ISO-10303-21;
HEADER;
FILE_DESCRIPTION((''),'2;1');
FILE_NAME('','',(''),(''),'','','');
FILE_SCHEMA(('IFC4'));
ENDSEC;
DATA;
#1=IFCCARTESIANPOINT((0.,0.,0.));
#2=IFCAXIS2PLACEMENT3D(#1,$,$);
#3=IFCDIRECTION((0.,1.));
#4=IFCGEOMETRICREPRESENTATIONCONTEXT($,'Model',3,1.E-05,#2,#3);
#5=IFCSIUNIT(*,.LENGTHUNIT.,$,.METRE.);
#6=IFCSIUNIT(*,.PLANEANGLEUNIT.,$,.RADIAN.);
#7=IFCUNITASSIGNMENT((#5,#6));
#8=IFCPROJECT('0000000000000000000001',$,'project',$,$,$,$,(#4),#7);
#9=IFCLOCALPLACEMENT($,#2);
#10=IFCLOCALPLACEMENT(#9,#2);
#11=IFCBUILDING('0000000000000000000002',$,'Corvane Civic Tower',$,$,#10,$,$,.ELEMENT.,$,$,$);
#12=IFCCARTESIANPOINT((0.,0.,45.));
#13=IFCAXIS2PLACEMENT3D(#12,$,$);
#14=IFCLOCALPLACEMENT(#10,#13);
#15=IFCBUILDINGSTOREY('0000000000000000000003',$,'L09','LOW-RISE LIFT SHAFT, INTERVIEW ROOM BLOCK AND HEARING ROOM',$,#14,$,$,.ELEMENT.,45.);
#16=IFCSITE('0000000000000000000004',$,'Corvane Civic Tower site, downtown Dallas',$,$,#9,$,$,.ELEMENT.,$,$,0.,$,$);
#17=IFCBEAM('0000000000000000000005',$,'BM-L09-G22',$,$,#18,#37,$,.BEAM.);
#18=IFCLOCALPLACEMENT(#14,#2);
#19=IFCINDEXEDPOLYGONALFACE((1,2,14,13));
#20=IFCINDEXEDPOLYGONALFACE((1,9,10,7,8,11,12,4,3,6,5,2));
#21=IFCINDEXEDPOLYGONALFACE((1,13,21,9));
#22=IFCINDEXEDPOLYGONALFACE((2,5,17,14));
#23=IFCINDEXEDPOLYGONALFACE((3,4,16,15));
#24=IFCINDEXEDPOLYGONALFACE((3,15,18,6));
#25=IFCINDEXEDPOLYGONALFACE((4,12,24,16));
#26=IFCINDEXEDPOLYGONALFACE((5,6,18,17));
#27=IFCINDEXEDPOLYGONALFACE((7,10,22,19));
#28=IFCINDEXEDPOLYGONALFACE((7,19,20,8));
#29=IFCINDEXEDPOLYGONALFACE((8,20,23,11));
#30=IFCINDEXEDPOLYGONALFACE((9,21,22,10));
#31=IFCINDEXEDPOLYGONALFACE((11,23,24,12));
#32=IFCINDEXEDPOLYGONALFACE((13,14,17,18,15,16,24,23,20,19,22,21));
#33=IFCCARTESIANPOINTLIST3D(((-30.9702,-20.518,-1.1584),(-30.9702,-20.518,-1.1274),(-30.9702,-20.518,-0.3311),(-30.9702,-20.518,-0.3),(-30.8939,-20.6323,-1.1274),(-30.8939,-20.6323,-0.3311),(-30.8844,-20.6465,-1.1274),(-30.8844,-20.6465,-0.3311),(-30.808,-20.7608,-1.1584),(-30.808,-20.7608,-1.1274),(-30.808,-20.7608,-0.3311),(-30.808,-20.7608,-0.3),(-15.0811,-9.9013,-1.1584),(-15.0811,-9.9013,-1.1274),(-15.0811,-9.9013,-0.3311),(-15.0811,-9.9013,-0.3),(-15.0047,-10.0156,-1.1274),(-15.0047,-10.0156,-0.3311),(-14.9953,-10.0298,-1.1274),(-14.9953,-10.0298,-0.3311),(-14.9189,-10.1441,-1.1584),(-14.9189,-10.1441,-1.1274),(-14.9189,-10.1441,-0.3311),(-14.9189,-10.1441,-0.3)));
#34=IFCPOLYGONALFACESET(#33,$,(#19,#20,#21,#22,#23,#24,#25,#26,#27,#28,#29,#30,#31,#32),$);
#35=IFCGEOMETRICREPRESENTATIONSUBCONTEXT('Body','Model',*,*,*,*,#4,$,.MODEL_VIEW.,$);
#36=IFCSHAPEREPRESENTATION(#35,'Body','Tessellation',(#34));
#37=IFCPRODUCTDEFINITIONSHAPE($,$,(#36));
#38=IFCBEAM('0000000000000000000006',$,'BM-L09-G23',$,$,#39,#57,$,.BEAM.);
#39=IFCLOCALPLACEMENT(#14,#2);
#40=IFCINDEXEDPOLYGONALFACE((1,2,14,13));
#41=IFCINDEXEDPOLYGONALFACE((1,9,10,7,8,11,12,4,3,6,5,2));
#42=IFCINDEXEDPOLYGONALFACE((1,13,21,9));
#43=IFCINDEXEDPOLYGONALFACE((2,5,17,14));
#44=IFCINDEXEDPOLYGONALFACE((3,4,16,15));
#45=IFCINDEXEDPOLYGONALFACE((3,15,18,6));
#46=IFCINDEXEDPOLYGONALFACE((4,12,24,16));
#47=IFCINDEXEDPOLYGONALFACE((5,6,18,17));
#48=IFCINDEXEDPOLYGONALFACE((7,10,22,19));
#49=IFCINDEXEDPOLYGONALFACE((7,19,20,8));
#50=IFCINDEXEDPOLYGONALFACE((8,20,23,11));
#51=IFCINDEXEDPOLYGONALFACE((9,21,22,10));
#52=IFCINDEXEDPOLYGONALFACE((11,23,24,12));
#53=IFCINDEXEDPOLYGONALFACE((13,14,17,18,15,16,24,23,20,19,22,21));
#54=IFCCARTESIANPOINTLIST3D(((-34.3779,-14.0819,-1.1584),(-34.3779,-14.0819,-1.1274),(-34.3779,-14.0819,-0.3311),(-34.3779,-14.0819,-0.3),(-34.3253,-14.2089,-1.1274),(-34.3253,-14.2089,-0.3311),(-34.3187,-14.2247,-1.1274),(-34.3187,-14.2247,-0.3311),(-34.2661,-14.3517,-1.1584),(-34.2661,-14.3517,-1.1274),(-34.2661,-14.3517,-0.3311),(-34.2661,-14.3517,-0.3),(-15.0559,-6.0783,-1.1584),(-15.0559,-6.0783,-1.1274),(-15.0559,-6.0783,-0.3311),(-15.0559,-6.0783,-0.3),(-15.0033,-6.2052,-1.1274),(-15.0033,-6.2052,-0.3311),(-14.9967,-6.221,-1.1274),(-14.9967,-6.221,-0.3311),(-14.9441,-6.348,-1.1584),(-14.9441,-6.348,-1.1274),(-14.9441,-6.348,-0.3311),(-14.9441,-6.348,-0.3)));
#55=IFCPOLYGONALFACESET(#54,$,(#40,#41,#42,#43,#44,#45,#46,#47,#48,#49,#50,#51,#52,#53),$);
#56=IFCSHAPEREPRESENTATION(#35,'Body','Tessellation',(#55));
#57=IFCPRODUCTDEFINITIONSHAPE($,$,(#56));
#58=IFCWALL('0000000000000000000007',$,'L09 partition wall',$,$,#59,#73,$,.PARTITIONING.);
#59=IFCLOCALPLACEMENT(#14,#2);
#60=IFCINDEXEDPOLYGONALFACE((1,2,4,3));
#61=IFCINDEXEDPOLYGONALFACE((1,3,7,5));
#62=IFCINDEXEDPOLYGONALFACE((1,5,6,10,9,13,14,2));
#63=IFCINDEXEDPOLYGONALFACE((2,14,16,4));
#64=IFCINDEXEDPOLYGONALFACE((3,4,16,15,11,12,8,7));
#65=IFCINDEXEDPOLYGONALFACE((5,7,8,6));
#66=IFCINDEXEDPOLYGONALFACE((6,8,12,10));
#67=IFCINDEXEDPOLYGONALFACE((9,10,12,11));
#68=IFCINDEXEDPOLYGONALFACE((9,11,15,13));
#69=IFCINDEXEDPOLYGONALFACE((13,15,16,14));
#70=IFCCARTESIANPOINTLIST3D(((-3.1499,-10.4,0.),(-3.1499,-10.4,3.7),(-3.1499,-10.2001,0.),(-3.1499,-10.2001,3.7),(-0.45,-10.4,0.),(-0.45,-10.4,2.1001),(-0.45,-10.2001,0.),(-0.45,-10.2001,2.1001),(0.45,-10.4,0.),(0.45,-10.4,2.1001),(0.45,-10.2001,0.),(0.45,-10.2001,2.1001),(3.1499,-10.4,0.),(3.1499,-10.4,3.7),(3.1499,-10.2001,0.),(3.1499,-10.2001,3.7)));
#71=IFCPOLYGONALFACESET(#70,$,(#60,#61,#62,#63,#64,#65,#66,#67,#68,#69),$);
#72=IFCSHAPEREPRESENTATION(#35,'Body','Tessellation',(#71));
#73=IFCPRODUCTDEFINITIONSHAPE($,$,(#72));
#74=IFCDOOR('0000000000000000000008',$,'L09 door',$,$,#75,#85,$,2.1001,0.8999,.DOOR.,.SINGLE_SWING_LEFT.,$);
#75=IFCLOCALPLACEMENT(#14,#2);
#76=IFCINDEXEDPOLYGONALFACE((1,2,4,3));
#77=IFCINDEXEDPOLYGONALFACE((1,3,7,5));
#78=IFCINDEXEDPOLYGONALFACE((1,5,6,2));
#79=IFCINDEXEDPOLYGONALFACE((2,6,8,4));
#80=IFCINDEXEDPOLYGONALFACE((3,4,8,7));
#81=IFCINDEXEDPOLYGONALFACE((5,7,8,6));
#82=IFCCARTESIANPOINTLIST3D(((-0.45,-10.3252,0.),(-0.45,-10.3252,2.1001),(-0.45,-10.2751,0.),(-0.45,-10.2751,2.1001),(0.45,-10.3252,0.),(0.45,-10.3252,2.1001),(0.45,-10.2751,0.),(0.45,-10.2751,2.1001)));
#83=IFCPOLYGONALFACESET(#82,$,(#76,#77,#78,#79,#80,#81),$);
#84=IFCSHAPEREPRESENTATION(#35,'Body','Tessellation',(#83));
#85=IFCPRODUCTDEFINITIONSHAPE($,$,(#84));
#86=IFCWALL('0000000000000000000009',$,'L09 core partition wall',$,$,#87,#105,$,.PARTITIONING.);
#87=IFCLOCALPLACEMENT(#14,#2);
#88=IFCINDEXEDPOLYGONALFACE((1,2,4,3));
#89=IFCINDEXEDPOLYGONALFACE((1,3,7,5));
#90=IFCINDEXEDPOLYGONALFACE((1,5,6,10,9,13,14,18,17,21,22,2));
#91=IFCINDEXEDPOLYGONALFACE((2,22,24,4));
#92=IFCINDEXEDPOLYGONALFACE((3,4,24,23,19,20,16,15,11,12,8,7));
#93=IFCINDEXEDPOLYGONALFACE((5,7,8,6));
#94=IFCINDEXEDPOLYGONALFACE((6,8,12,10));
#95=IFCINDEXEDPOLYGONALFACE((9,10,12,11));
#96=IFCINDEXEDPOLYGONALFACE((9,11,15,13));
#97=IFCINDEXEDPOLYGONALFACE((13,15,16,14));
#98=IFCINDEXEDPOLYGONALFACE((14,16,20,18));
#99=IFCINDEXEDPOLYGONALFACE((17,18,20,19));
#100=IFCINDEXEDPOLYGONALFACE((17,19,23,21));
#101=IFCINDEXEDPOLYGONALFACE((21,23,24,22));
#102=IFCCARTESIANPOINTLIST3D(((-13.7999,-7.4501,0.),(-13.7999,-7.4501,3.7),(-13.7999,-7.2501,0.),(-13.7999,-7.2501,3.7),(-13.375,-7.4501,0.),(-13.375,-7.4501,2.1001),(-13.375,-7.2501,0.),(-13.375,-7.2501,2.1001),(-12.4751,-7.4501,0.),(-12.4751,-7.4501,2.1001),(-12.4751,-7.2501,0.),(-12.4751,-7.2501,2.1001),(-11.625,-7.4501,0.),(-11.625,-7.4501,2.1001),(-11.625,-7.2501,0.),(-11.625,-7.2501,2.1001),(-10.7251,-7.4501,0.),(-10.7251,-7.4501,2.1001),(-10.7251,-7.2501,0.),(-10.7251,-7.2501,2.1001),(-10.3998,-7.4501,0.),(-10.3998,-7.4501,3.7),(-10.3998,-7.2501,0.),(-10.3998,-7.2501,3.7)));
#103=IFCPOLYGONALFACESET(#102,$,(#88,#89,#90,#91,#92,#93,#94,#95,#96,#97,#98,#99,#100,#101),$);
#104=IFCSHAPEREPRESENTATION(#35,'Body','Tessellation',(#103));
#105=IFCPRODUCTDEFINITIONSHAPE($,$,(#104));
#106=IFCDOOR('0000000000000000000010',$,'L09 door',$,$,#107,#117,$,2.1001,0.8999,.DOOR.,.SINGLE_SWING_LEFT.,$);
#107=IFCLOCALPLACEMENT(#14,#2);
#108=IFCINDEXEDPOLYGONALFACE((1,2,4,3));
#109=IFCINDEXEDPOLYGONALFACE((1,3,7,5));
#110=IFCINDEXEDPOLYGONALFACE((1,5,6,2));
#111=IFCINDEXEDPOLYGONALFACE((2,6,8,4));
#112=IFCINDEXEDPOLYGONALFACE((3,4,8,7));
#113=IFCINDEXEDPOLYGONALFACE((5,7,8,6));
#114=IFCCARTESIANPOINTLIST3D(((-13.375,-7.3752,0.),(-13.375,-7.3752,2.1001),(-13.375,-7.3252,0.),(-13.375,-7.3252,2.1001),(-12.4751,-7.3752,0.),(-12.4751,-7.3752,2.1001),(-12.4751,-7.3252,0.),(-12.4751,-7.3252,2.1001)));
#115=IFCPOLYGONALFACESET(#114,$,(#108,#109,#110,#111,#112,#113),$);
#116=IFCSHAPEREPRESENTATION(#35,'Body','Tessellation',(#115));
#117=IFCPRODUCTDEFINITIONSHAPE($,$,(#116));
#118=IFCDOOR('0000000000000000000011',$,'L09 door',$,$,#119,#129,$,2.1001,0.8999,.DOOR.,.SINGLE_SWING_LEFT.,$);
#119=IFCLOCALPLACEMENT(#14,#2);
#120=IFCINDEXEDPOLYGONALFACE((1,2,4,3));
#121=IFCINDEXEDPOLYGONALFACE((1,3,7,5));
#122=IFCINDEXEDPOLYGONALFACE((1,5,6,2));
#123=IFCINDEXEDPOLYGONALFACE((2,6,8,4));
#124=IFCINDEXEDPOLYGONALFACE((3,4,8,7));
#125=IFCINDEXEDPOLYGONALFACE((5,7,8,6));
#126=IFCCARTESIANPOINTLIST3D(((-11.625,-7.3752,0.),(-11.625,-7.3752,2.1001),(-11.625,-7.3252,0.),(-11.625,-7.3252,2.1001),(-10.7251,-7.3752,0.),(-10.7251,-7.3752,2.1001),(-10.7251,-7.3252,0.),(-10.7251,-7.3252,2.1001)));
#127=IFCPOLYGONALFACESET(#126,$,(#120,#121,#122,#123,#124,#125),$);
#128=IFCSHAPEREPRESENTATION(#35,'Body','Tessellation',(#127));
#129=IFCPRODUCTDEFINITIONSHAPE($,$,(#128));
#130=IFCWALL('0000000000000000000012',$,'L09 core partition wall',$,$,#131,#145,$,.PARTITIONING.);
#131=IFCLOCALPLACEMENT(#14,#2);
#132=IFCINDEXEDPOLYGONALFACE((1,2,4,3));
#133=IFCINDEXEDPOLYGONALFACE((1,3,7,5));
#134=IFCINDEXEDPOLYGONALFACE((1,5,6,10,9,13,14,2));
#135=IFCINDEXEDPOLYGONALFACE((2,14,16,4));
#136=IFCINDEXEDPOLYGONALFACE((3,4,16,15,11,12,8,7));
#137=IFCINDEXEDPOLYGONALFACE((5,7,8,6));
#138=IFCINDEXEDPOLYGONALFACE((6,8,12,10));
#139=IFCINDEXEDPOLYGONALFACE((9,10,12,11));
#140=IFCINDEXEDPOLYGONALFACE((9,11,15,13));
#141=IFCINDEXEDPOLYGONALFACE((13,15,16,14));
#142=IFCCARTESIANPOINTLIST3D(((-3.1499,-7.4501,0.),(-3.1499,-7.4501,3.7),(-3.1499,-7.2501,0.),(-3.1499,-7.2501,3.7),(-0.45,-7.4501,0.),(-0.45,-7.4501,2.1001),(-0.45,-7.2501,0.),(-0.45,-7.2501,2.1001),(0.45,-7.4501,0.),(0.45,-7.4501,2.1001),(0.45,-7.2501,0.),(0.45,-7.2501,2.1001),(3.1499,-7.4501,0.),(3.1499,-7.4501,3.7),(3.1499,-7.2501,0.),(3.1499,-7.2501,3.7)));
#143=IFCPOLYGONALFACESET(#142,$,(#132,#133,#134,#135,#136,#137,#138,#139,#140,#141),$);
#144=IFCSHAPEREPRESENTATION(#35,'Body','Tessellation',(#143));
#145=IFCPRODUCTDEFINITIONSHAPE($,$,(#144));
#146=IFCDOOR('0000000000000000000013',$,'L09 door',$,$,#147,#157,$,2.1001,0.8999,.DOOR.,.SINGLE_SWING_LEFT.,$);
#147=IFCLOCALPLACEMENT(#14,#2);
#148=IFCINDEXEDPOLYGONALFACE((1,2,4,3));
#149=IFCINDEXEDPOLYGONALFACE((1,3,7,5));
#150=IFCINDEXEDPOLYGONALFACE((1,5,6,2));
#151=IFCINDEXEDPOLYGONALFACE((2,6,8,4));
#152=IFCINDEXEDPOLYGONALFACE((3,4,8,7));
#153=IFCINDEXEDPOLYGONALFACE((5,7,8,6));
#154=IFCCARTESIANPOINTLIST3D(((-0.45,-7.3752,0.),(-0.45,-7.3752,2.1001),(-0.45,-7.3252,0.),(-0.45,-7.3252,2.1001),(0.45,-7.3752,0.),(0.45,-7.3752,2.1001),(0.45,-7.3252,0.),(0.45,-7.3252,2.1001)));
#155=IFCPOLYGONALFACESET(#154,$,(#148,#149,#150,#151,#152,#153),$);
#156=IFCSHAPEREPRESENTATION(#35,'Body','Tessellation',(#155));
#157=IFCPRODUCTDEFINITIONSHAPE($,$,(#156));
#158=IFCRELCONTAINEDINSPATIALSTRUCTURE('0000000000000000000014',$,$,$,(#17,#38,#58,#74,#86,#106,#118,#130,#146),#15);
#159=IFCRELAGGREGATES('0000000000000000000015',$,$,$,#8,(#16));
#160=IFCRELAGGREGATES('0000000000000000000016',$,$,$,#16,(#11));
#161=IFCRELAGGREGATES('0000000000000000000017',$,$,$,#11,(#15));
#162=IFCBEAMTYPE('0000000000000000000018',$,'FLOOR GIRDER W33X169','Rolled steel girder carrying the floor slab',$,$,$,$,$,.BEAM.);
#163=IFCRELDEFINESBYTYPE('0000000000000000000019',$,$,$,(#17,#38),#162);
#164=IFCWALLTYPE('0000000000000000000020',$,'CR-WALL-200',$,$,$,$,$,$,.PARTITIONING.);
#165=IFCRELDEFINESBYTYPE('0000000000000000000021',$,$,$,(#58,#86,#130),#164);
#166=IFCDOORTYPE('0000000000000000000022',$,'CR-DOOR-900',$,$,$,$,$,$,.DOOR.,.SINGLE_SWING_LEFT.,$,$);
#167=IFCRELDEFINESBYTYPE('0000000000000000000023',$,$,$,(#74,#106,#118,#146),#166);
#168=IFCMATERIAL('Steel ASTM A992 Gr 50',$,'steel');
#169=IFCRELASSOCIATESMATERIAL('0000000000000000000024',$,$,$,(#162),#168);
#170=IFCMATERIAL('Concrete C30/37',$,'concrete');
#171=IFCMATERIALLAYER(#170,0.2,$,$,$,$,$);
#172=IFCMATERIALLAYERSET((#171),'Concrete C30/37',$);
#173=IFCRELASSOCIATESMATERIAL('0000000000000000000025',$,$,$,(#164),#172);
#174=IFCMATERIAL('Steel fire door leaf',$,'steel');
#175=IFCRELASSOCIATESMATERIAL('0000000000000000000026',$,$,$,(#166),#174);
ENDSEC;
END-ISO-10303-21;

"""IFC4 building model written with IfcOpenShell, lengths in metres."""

from ifc_helpers import new_model, si_unit, direction, frame, frame_2d, origin, origin_2d, place, context, subcontext, project, spatial, rectangle, i_section, extrude, material, layer, layer_set, material_profile, profile_set, type_object, element, fill, save


model = new_model("IFC4")

# Units and contexts
model_context = context("Model", 3, precision=1e-05, world=origin(), true_north=direction((0.0, 1.0)))
body_context = subcontext(model_context, "Body", "Model", "MODEL_VIEW")
ifc_project = project(units=[si_unit("LENGTHUNIT", "METRE"), si_unit("PLANEANGLEUNIT", "RADIAN")], contexts=[model_context])

# Site, building, storey
site_placement = place(None, origin())
site = spatial("IfcSite", under=ifc_project, at=site_placement, Name="Corvane Civic Tower site, downtown Dallas", CompositionType="ELEMENT", RefElevation=0.0)
building_placement = place(site_placement, origin())
building = spatial("IfcBuilding", under=site, at=building_placement, Name="Corvane Civic Tower", CompositionType="ELEMENT")
storey_placement = place(building_placement, frame((0.0, 0.0, 45.0)))
storey = spatial("IfcBuildingStorey", under=building, at=storey_placement, Name="L09", Description="LOW-RISE LIFT SHAFT, INTERVIEW ROOM BLOCK AND HEARING ROOM", CompositionType="ELEMENT", Elevation=45.0)

# Beams
ifc_material_1 = material(Name="Steel ASTM A992 Gr 50", Category="steel")
ifc_material_profile = material_profile(ifc_material_1, i_section(OverallWidth=0.292, OverallDepth=0.8584, WebThickness=0.0171, FlangeThickness=0.031, at=origin_2d()), Name="W33X169")
ifc_profile_set = profile_set([ifc_material_profile], Name="Steel ASTM A992 Gr 50")
beam_type = type_object("IfcBeamType", Name="FLOOR GIRDER W33X169", Description="Rolled steel girder carrying the floor slab", PredefinedType="BEAM", material=ifc_profile_set)
beam_1_placement = place(storey_placement, frame((-15.0, -10.0227, -0.7292), z_axis=(-0.831472, -0.555567, 0.0), x_axis=(0.555567, -0.831472, 0.0)))
element("IfcBeam", 1, at=beam_1_placement, inside=storey, type_object=beam_type, Name="BM-L09-G22", PredefinedType="BEAM", context=body_context, shape_type="SweptSolid", body=[
    extrude(i_section(OverallWidth=0.292, OverallDepth=0.8584, WebThickness=0.0171, FlangeThickness=0.031, at=origin_2d()), origin(), (0.0, 0.0, 1.0), 19.1096),
])
beam_2_placement = place(storey_placement, frame((-15.0, -6.2131, -0.7292), z_axis=(-0.923876, -0.382692, 0.0), x_axis=(0.382692, -0.923876, 0.0)))
element("IfcBeam", 2, at=beam_2_placement, inside=storey, type_object=beam_type, Name="BM-L09-G23", PredefinedType="BEAM", context=body_context, shape_type="SweptSolid", body=[
    extrude(i_section(OverallWidth=0.292, OverallDepth=0.8584, WebThickness=0.0171, FlangeThickness=0.031, at=origin_2d()), origin(), (0.0, 0.0, 1.0), 20.9141),
])

# Wall, opening, door
ifc_material_2 = material(Name="Concrete C30/37", Category="concrete")
ifc_layer_1 = layer(ifc_material_2, 0.2)
ifc_layer_set_1 = layer_set([ifc_layer_1], Name="Concrete C30/37")
wall_type_1 = type_object("IfcWallType", Name="CR-WALL-200", PredefinedType="PARTITIONING", material=ifc_layer_set_1)
wall_1_placement = place(storey_placement, frame((-3.1499, -10.3, 0.0), z_axis=(0.0, 0.0, 1.0), x_axis=(1.0, 0.0, 0.0)))
wall_1 = element("IfcWall", 3, at=wall_1_placement, inside=storey, type_object=wall_type_1, Name="L09 partition wall", PredefinedType="PARTITIONING", context=body_context, shape_type="SweptSolid", body=[
    extrude(rectangle(XDim=6.2998, YDim=0.2, at=frame_2d((3.1499, 0.0))), origin(), (0.0, 0.0, 1.0), 3.7),
])
opening_1_placement = place(wall_1_placement, frame((2.7, 0.0, 0.0)))
opening_1 = element("IfcOpeningElement", 4, at=opening_1_placement, cuts=wall_1, PredefinedType="OPENING", context=body_context, shape_type="SweptSolid", body=[
    extrude(rectangle(XDim=0.8999, YDim=2.1001, at=frame_2d((0.45, 1.05))), frame((0.0, 0.1099, 0.0), z_axis=(0.0, -1.0, 0.0), x_axis=(1.0, 0.0, 0.0)), (0.0, 0.0, 1.0), 0.22),
])
ifc_material_3 = material(Name="Steel fire door leaf", Category="steel")
door_type_1 = type_object("IfcDoorType", Name="CR-DOOR-900", OperationType="SINGLE_SWING_LEFT", PredefinedType="DOOR", material=ifc_material_3)
door_1_placement = place(opening_1_placement, origin())
door_1 = element("IfcDoor", 5, at=door_1_placement, inside=storey, type_object=door_type_1, Name="L09 door", OperationType="SINGLE_SWING_LEFT", OverallHeight=2.1001, OverallWidth=0.8999, PredefinedType="DOOR", context=body_context, shape_type="SweptSolid", body=[
    extrude(rectangle(XDim=0.8999, YDim=2.1001, at=frame_2d((0.45, 1.05))), frame((0.0, 0.0249, 0.0), z_axis=(0.0, -1.0, 0.0), x_axis=(1.0, 0.0, 0.0)), (0.0, 0.0, 1.0), 0.05),
])
fill(opening_1, door_1)

# Wall, openings, doors
wall_2_placement = place(storey_placement, frame((-13.8, -7.3501, 0.0), z_axis=(0.0, 0.0, 1.0), x_axis=(1.0, 0.0, 0.0)))
wall_2 = element("IfcWall", 6, at=wall_2_placement, inside=storey, type_object=wall_type_1, Name="L09 core partition wall", PredefinedType="PARTITIONING", context=body_context, shape_type="SweptSolid", body=[
    extrude(rectangle(XDim=3.4001, YDim=0.2, at=frame_2d((1.7002, 0.0))), origin(), (0.0, 0.0, 1.0), 3.7),
])
opening_2_placement = place(wall_2_placement, frame((0.425, 0.0, 0.0)))
opening_2 = element("IfcOpeningElement", 7, at=opening_2_placement, cuts=wall_2, PredefinedType="OPENING", context=body_context, shape_type="SweptSolid", body=[
    extrude(rectangle(XDim=0.8999, YDim=2.1001, at=frame_2d((0.45, 1.05))), frame((0.0, 0.1099, 0.0), z_axis=(0.0, -1.0, 0.0), x_axis=(1.0, 0.0, 0.0)), (0.0, 0.0, 1.0), 0.22),
])
opening_3_placement = place(wall_2_placement, frame((2.175, 0.0, 0.0)))
opening_3 = element("IfcOpeningElement", 8, at=opening_3_placement, cuts=wall_2, PredefinedType="OPENING", context=body_context, shape_type="SweptSolid", body=[
    extrude(rectangle(XDim=0.8999, YDim=2.1001, at=frame_2d((0.45, 1.05))), frame((0.0, 0.1099, 0.0), z_axis=(0.0, -1.0, 0.0), x_axis=(1.0, 0.0, 0.0)), (0.0, 0.0, 1.0), 0.22),
])
door_2_placement = place(opening_2_placement, origin())
door_2 = element("IfcDoor", 9, at=door_2_placement, inside=storey, type_object=door_type_1, Name="L09 door", OperationType="SINGLE_SWING_LEFT", OverallHeight=2.1001, OverallWidth=0.8999, PredefinedType="DOOR", context=body_context, shape_type="SweptSolid", body=[
    extrude(rectangle(XDim=0.8999, YDim=2.1001, at=frame_2d((0.45, 1.05))), frame((0.0, 0.0249, 0.0), z_axis=(0.0, -1.0, 0.0), x_axis=(1.0, 0.0, 0.0)), (0.0, 0.0, 1.0), 0.05),
])
fill(opening_2, door_2)
door_3_placement = place(opening_3_placement, origin())
door_3 = element("IfcDoor", 10, at=door_3_placement, inside=storey, type_object=door_type_1, Name="L09 door", OperationType="SINGLE_SWING_LEFT", OverallHeight=2.1001, OverallWidth=0.8999, PredefinedType="DOOR", context=body_context, shape_type="SweptSolid", body=[
    extrude(rectangle(XDim=0.8999, YDim=2.1001, at=frame_2d((0.45, 1.05))), frame((0.0, 0.0249, 0.0), z_axis=(0.0, -1.0, 0.0), x_axis=(1.0, 0.0, 0.0)), (0.0, 0.0, 1.0), 0.05),
])
fill(opening_3, door_3)

# Wall, opening, door
wall_3_placement = place(storey_placement, frame((-3.1499, -7.3501, 0.0), z_axis=(0.0, 0.0, 1.0), x_axis=(1.0, 0.0, 0.0)))
wall_3 = element("IfcWall", 11, at=wall_3_placement, inside=storey, type_object=wall_type_1, Name="L09 core partition wall", PredefinedType="PARTITIONING", context=body_context, shape_type="SweptSolid", body=[
    extrude(rectangle(XDim=6.2998, YDim=0.2, at=frame_2d((3.1499, 0.0))), origin(), (0.0, 0.0, 1.0), 3.7),
])
opening_4_placement = place(wall_3_placement, frame((2.7, 0.0, 0.0)))
opening_4 = element("IfcOpeningElement", 12, at=opening_4_placement, cuts=wall_3, PredefinedType="OPENING", context=body_context, shape_type="SweptSolid", body=[
    extrude(rectangle(XDim=0.8999, YDim=2.1001, at=frame_2d((0.45, 1.05))), frame((0.0, 0.1099, 0.0), z_axis=(0.0, -1.0, 0.0), x_axis=(1.0, 0.0, 0.0)), (0.0, 0.0, 1.0), 0.22),
])
door_4_placement = place(opening_4_placement, origin())
door_4 = element("IfcDoor", 13, at=door_4_placement, inside=storey, type_object=door_type_1, Name="L09 door", OperationType="SINGLE_SWING_LEFT", OverallHeight=2.1001, OverallWidth=0.8999, PredefinedType="DOOR", context=body_context, shape_type="SweptSolid", body=[
    extrude(rectangle(XDim=0.8999, YDim=2.1001, at=frame_2d((0.45, 1.05))), frame((0.0, 0.0249, 0.0), z_axis=(0.0, -1.0, 0.0), x_axis=(1.0, 0.0, 0.0)), (0.0, 0.0, 1.0), 0.05),
])
fill(opening_4, door_4)

save(model, "model.ifc")
